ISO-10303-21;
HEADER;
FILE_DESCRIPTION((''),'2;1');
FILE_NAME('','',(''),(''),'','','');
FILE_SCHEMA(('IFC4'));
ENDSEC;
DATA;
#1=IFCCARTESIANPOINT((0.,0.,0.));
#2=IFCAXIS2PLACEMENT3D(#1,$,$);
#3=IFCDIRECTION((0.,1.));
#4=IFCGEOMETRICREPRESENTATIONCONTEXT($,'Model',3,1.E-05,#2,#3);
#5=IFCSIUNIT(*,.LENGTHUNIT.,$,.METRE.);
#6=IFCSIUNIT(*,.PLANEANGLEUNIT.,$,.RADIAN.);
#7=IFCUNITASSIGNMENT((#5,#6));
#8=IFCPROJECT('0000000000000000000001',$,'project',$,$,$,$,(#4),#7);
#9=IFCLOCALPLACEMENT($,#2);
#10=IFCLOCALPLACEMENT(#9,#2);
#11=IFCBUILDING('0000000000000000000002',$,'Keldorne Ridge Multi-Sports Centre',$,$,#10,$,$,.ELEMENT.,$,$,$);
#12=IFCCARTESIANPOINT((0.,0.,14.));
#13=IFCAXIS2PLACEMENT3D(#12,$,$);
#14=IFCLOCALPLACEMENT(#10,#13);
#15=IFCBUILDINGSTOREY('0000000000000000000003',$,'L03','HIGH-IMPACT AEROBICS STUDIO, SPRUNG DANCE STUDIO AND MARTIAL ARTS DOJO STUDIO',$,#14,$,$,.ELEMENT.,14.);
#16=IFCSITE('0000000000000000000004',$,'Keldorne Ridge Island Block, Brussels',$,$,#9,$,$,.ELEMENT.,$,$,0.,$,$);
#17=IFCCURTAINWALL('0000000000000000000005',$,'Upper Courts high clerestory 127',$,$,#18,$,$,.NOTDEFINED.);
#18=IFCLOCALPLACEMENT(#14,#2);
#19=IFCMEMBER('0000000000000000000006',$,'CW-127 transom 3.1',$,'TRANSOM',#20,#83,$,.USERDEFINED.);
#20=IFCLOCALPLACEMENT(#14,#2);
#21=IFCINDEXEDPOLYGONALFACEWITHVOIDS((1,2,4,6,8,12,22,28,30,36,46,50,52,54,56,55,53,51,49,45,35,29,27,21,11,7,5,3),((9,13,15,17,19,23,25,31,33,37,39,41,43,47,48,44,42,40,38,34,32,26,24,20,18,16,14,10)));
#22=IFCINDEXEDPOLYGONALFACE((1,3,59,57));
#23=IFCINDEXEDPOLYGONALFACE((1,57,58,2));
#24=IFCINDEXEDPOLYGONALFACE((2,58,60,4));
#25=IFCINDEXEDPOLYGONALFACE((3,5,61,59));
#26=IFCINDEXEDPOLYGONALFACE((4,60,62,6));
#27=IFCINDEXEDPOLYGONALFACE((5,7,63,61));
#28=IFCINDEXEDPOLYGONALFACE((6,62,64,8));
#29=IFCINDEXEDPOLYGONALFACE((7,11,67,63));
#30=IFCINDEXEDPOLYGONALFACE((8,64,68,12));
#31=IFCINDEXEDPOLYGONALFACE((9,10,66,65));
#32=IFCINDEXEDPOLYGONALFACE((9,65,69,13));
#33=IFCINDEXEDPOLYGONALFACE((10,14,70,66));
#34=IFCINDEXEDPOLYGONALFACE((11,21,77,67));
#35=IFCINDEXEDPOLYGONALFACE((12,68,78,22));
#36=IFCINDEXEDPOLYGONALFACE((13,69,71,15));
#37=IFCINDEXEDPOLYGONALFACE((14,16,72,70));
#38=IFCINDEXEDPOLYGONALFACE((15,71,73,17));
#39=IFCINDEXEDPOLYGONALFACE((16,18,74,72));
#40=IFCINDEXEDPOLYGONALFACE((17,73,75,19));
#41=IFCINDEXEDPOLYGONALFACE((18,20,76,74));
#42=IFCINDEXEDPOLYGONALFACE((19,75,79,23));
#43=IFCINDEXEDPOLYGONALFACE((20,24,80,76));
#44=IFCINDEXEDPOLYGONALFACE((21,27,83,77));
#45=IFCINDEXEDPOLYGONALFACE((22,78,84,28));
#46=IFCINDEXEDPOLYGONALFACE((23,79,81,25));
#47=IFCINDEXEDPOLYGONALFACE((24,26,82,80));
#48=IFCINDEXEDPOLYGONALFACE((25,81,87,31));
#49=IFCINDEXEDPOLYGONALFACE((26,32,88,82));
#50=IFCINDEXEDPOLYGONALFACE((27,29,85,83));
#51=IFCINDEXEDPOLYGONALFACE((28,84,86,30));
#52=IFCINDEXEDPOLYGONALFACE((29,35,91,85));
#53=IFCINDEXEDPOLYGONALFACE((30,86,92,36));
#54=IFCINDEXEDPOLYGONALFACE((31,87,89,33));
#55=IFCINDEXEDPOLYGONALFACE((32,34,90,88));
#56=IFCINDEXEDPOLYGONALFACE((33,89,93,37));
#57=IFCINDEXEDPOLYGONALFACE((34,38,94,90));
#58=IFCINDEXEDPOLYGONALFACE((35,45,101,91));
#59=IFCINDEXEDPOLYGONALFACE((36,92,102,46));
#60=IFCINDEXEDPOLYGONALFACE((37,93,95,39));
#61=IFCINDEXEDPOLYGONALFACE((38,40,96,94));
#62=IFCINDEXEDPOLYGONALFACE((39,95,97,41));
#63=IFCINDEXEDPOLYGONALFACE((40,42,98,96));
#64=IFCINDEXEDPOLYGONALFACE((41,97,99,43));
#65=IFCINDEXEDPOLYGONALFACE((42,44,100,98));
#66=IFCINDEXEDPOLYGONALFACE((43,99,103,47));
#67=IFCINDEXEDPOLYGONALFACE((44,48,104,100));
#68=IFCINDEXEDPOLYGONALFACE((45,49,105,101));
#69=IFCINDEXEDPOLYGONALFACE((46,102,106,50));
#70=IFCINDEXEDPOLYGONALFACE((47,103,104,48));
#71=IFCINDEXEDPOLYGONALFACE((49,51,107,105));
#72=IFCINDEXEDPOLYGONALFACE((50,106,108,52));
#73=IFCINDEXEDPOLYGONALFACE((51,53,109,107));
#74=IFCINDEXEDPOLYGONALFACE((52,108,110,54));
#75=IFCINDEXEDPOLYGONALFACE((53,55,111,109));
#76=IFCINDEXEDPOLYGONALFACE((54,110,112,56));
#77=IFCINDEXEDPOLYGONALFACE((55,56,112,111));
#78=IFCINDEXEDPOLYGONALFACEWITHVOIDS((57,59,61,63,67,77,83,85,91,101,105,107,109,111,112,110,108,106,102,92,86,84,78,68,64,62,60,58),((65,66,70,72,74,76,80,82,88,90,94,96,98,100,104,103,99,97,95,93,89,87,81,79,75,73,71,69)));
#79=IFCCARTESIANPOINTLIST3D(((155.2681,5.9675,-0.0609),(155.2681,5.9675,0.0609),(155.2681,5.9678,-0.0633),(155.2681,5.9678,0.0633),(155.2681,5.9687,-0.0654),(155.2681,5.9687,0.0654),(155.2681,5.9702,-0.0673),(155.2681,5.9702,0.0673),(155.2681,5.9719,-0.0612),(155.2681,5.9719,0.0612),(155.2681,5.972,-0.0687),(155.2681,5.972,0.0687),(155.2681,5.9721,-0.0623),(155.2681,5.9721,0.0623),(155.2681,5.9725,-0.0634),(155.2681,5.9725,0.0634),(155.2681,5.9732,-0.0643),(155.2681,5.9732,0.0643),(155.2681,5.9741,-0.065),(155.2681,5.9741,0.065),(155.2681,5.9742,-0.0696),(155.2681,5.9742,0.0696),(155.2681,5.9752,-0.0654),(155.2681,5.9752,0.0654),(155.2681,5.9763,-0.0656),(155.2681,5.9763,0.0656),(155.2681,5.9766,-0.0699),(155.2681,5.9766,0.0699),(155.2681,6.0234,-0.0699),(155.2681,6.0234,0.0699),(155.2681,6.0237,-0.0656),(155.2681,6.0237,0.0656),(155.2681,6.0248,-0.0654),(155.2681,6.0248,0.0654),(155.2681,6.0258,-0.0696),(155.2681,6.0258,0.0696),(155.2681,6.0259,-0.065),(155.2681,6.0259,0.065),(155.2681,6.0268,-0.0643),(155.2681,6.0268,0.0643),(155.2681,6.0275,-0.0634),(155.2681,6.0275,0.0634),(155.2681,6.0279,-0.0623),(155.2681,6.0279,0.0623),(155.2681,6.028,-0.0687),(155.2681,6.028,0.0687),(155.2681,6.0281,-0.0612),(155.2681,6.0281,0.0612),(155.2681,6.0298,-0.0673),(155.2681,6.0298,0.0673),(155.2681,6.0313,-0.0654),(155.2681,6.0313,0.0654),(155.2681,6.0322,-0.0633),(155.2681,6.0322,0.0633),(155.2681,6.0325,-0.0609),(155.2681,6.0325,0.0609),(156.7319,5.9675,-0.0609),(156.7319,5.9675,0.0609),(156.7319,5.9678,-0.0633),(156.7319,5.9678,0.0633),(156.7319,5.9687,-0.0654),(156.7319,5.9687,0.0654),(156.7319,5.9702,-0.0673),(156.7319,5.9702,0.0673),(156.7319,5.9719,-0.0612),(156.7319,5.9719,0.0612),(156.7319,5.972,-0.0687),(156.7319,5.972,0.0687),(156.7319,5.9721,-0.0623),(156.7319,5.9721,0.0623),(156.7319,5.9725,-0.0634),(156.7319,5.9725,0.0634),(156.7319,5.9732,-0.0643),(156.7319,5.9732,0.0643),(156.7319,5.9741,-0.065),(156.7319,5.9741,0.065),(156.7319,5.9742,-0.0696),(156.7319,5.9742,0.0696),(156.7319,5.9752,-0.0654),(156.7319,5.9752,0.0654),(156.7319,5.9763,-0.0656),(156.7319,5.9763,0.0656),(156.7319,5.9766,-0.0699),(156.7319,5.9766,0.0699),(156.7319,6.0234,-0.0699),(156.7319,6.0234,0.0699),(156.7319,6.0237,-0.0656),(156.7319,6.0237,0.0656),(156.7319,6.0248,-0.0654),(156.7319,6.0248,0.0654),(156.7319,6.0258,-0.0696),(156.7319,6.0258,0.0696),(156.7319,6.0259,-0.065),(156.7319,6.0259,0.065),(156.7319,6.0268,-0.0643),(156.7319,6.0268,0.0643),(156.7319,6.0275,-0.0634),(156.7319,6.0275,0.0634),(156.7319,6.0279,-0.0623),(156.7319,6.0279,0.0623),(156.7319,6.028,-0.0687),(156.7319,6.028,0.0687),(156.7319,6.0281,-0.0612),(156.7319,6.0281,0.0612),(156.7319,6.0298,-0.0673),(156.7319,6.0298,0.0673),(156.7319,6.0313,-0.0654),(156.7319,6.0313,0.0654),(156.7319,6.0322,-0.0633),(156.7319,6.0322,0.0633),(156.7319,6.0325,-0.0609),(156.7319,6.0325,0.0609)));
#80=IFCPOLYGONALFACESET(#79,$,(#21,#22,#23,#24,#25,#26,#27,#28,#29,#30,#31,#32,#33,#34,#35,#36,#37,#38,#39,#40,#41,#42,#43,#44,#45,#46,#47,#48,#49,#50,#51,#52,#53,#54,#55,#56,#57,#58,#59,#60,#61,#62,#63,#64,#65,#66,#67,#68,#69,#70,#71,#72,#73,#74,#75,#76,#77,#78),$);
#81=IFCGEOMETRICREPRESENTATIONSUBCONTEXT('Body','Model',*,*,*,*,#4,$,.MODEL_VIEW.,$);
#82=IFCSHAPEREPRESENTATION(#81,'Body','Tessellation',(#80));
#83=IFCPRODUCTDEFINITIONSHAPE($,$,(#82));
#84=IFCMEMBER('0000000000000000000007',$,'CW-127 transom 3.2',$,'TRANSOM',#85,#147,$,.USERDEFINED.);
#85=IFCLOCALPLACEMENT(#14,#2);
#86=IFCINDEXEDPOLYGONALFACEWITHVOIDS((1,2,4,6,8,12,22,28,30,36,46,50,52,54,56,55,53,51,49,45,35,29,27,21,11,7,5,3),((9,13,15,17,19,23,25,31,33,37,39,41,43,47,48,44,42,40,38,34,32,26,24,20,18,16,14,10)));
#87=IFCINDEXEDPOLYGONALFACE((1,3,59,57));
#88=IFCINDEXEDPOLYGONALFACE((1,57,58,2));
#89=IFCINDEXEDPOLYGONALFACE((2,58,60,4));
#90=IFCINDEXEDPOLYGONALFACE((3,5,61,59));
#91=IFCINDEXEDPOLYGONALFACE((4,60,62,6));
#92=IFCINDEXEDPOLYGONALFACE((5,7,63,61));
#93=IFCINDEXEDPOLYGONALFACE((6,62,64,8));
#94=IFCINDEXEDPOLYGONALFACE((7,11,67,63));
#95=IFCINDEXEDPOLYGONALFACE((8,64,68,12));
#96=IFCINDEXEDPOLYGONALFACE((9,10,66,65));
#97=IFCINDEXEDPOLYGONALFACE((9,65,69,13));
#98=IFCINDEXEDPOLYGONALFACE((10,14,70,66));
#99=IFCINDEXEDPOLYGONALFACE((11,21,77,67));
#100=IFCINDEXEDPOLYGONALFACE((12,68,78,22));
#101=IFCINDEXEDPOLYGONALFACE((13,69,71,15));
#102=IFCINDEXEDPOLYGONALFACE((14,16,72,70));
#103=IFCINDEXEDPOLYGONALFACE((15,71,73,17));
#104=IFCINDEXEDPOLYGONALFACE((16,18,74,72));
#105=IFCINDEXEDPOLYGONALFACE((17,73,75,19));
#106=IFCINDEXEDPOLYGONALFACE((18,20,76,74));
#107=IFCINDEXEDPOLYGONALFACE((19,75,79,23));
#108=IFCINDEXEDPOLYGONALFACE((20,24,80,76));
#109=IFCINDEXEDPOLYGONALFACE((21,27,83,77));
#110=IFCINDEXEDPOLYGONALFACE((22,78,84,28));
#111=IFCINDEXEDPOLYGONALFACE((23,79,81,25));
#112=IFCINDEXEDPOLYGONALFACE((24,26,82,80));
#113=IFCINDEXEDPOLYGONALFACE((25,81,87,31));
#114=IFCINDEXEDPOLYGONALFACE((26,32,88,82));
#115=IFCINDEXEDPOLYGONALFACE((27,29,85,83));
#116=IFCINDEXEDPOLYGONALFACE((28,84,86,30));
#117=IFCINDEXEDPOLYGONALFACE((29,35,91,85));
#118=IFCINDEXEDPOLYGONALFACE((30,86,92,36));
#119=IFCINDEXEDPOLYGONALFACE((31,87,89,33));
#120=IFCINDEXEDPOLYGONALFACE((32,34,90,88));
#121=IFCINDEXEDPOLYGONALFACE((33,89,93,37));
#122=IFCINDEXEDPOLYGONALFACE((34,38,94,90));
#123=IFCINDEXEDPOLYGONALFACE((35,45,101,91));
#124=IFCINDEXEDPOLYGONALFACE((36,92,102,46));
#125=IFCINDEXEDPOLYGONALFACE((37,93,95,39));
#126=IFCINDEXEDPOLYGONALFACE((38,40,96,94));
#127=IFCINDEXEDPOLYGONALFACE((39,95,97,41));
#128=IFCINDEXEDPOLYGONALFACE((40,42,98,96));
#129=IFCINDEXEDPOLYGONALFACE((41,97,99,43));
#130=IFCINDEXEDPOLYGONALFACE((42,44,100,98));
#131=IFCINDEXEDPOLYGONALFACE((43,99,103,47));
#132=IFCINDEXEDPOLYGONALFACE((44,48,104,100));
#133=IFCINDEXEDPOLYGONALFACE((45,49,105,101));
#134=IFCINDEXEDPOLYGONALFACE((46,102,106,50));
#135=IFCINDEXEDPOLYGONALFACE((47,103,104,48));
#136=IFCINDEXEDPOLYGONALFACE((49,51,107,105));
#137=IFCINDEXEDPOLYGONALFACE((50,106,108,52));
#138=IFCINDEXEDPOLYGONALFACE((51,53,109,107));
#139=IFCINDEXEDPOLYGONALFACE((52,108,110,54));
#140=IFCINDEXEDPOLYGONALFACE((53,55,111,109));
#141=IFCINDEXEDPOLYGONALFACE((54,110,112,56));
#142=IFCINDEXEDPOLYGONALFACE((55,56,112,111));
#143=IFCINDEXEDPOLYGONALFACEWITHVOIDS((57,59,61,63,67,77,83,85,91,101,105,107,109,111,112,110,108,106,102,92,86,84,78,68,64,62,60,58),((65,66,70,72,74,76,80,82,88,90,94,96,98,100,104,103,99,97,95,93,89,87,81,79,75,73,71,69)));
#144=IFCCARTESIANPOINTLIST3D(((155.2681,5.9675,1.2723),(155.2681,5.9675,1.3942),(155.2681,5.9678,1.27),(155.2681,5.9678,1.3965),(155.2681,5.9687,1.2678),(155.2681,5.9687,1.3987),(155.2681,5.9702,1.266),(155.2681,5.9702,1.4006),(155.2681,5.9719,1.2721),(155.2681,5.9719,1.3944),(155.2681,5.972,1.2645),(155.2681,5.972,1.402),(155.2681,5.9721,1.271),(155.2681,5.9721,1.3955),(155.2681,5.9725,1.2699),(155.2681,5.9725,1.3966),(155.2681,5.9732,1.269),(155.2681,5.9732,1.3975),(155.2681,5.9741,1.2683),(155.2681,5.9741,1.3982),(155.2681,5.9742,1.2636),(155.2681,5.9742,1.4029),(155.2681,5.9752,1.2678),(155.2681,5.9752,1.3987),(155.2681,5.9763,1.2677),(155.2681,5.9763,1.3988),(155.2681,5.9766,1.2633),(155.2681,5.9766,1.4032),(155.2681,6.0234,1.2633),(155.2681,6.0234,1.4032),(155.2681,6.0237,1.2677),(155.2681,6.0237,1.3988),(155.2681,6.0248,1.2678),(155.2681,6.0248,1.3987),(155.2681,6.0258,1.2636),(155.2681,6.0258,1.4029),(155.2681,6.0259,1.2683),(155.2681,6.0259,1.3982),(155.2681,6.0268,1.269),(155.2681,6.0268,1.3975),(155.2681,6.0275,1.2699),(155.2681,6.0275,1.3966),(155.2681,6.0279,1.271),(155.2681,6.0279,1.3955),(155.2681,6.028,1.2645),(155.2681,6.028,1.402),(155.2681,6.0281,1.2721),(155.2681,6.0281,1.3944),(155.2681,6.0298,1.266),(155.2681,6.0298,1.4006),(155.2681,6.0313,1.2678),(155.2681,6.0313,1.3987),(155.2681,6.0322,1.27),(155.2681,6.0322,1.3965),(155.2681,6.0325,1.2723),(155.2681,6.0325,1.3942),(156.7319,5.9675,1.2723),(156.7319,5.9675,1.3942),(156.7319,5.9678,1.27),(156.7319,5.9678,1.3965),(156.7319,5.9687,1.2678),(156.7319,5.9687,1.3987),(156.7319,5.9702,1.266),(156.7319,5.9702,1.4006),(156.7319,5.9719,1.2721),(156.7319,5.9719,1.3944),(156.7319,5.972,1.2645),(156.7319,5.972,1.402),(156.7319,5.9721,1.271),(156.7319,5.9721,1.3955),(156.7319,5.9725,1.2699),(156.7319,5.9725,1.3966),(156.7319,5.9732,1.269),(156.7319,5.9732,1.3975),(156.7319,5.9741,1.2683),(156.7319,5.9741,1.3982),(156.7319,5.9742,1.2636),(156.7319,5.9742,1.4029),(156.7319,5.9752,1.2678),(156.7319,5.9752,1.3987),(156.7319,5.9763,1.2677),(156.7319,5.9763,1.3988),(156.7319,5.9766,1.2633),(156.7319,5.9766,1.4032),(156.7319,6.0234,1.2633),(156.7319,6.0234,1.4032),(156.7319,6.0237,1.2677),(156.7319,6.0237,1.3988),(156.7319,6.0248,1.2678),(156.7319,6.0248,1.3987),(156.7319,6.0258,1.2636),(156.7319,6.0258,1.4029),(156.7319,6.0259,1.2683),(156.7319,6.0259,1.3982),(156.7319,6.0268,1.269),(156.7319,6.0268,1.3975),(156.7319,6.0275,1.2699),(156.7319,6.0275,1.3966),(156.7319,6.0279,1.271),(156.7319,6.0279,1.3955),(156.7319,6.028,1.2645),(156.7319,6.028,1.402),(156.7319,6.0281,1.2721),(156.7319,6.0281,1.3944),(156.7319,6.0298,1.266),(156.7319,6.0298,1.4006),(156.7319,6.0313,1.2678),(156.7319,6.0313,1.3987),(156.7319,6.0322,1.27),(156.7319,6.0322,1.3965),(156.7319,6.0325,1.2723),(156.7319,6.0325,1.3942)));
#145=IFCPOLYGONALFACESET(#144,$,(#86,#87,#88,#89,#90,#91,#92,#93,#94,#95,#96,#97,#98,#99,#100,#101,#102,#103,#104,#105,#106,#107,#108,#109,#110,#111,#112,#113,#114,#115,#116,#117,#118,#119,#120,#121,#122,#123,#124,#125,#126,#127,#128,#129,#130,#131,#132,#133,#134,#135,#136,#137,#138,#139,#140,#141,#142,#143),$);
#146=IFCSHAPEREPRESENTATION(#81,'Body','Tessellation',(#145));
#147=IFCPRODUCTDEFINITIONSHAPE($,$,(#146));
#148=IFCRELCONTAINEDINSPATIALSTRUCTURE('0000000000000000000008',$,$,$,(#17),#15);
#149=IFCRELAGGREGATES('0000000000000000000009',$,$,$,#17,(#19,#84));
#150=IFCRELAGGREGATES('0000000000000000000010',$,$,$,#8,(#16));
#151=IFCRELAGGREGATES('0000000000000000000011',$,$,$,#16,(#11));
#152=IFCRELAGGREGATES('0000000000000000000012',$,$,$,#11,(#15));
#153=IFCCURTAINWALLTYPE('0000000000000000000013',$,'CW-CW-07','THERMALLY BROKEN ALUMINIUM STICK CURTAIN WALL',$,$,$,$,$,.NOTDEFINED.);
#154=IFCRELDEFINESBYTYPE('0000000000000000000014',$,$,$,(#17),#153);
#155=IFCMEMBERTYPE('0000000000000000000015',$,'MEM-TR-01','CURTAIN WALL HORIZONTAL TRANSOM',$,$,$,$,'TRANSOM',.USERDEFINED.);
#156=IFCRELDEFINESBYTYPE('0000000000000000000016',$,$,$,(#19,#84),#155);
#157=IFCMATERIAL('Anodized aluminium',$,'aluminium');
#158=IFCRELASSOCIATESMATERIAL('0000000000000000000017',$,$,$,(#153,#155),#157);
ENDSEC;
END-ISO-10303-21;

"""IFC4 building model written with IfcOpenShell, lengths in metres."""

from ifc_helpers import new_model, si_unit, direction, frame, origin, origin_2d, place, context, subcontext, project, spatial, hollow_rectangle, extrude, material, material_profile, profile_set, type_object, element, aggregate, save


model = new_model("IFC4")

# Units and contexts
model_context = context("Model", 3, precision=1e-05, world=origin(), true_north=direction((0.0, 1.0)))
body_context = subcontext(model_context, "Body", "Model", "MODEL_VIEW")
ifc_project = project(units=[si_unit("LENGTHUNIT", "METRE"), si_unit("PLANEANGLEUNIT", "RADIAN")], contexts=[model_context])

# Site, building, storey
site_placement = place(None, origin())
site = spatial("IfcSite", under=ifc_project, at=site_placement, Name="Keldorne Ridge Island Block, Brussels", CompositionType="ELEMENT", RefElevation=0.0)
building_placement = place(site_placement, origin())
building = spatial("IfcBuilding", under=site, at=building_placement, Name="Keldorne Ridge Multi-Sports Centre", CompositionType="ELEMENT")
storey_placement = place(building_placement, frame((0.0, 0.0, 14.0)))
storey = spatial("IfcBuildingStorey", under=building, at=storey_placement, Name="L03", Description="HIGH-IMPACT AEROBICS STUDIO, SPRUNG DANCE STUDIO AND MARTIAL ARTS DOJO STUDIO", CompositionType="ELEMENT", Elevation=14.0)

# Curtain wall, members
ifc_material_1 = material(Name="Anodized aluminium", Category="aluminium")
curtain_wall_type = type_object("IfcCurtainWallType", Name="CW-CW-07", Description="THERMALLY BROKEN ALUMINIUM STICK CURTAIN WALL", PredefinedType="NOTDEFINED", material=ifc_material_1)
curtain_wall_placement = place(storey_placement, origin())
curtain_wall = element("IfcCurtainWall", 1, at=curtain_wall_placement, inside=storey, type_object=curtain_wall_type, Name="Upper Courts high clerestory 127", PredefinedType="NOTDEFINED")
ifc_material_profile_1 = material_profile(ifc_material_1, hollow_rectangle(XDim=0.0649, YDim=0.1399, WallThickness=0.0044, InnerFilletRadius=0.0044, OuterFilletRadius=0.009, at=origin_2d()), Name="ALU TRANSOM 140x65x4.5")
ifc_profile_set_1 = profile_set([ifc_material_profile_1], Name="Anodized aluminium")
member_type_1 = type_object("IfcMemberType", Name="MEM-TR-01", Description="CURTAIN WALL HORIZONTAL TRANSOM", ElementType="TRANSOM", PredefinedType="USERDEFINED", material=ifc_profile_set_1)
member_1_placement = place(storey_placement, frame((155.2681, 6.0, 0.0), z_axis=(1.0, 0.0, 0.0), x_axis=(0.0, 1.0, 0.0)))
member_1 = element("IfcMember", 2, at=member_1_placement, type_object=member_type_1, Name="CW-127 transom 3.1", ObjectType="TRANSOM", PredefinedType="USERDEFINED", context=body_context, shape_type="SweptSolid", body=[
    extrude(hollow_rectangle(XDim=0.0649, YDim=0.1399, WallThickness=0.0044, InnerFilletRadius=0.0044, OuterFilletRadius=0.009, at=origin_2d()), origin(), (0.0, 0.0, 1.0), 1.4639),
])
member_2_placement = place(storey_placement, frame((155.2681, 6.0, 1.3333), z_axis=(1.0, 0.0, 0.0), x_axis=(0.0, 1.0, 0.0)))
member_2 = element("IfcMember", 3, at=member_2_placement, type_object=member_type_1, Name="CW-127 transom 3.2", ObjectType="TRANSOM", PredefinedType="USERDEFINED", context=body_context, shape_type="SweptSolid", body=[
    extrude(hollow_rectangle(XDim=0.0649, YDim=0.1399, WallThickness=0.0044, InnerFilletRadius=0.0044, OuterFilletRadius=0.009, at=origin_2d()), origin(), (0.0, 0.0, 1.0), 1.4639),
])
aggregate(curtain_wall, [member_1, member_2])

save(model, "model.ifc")
